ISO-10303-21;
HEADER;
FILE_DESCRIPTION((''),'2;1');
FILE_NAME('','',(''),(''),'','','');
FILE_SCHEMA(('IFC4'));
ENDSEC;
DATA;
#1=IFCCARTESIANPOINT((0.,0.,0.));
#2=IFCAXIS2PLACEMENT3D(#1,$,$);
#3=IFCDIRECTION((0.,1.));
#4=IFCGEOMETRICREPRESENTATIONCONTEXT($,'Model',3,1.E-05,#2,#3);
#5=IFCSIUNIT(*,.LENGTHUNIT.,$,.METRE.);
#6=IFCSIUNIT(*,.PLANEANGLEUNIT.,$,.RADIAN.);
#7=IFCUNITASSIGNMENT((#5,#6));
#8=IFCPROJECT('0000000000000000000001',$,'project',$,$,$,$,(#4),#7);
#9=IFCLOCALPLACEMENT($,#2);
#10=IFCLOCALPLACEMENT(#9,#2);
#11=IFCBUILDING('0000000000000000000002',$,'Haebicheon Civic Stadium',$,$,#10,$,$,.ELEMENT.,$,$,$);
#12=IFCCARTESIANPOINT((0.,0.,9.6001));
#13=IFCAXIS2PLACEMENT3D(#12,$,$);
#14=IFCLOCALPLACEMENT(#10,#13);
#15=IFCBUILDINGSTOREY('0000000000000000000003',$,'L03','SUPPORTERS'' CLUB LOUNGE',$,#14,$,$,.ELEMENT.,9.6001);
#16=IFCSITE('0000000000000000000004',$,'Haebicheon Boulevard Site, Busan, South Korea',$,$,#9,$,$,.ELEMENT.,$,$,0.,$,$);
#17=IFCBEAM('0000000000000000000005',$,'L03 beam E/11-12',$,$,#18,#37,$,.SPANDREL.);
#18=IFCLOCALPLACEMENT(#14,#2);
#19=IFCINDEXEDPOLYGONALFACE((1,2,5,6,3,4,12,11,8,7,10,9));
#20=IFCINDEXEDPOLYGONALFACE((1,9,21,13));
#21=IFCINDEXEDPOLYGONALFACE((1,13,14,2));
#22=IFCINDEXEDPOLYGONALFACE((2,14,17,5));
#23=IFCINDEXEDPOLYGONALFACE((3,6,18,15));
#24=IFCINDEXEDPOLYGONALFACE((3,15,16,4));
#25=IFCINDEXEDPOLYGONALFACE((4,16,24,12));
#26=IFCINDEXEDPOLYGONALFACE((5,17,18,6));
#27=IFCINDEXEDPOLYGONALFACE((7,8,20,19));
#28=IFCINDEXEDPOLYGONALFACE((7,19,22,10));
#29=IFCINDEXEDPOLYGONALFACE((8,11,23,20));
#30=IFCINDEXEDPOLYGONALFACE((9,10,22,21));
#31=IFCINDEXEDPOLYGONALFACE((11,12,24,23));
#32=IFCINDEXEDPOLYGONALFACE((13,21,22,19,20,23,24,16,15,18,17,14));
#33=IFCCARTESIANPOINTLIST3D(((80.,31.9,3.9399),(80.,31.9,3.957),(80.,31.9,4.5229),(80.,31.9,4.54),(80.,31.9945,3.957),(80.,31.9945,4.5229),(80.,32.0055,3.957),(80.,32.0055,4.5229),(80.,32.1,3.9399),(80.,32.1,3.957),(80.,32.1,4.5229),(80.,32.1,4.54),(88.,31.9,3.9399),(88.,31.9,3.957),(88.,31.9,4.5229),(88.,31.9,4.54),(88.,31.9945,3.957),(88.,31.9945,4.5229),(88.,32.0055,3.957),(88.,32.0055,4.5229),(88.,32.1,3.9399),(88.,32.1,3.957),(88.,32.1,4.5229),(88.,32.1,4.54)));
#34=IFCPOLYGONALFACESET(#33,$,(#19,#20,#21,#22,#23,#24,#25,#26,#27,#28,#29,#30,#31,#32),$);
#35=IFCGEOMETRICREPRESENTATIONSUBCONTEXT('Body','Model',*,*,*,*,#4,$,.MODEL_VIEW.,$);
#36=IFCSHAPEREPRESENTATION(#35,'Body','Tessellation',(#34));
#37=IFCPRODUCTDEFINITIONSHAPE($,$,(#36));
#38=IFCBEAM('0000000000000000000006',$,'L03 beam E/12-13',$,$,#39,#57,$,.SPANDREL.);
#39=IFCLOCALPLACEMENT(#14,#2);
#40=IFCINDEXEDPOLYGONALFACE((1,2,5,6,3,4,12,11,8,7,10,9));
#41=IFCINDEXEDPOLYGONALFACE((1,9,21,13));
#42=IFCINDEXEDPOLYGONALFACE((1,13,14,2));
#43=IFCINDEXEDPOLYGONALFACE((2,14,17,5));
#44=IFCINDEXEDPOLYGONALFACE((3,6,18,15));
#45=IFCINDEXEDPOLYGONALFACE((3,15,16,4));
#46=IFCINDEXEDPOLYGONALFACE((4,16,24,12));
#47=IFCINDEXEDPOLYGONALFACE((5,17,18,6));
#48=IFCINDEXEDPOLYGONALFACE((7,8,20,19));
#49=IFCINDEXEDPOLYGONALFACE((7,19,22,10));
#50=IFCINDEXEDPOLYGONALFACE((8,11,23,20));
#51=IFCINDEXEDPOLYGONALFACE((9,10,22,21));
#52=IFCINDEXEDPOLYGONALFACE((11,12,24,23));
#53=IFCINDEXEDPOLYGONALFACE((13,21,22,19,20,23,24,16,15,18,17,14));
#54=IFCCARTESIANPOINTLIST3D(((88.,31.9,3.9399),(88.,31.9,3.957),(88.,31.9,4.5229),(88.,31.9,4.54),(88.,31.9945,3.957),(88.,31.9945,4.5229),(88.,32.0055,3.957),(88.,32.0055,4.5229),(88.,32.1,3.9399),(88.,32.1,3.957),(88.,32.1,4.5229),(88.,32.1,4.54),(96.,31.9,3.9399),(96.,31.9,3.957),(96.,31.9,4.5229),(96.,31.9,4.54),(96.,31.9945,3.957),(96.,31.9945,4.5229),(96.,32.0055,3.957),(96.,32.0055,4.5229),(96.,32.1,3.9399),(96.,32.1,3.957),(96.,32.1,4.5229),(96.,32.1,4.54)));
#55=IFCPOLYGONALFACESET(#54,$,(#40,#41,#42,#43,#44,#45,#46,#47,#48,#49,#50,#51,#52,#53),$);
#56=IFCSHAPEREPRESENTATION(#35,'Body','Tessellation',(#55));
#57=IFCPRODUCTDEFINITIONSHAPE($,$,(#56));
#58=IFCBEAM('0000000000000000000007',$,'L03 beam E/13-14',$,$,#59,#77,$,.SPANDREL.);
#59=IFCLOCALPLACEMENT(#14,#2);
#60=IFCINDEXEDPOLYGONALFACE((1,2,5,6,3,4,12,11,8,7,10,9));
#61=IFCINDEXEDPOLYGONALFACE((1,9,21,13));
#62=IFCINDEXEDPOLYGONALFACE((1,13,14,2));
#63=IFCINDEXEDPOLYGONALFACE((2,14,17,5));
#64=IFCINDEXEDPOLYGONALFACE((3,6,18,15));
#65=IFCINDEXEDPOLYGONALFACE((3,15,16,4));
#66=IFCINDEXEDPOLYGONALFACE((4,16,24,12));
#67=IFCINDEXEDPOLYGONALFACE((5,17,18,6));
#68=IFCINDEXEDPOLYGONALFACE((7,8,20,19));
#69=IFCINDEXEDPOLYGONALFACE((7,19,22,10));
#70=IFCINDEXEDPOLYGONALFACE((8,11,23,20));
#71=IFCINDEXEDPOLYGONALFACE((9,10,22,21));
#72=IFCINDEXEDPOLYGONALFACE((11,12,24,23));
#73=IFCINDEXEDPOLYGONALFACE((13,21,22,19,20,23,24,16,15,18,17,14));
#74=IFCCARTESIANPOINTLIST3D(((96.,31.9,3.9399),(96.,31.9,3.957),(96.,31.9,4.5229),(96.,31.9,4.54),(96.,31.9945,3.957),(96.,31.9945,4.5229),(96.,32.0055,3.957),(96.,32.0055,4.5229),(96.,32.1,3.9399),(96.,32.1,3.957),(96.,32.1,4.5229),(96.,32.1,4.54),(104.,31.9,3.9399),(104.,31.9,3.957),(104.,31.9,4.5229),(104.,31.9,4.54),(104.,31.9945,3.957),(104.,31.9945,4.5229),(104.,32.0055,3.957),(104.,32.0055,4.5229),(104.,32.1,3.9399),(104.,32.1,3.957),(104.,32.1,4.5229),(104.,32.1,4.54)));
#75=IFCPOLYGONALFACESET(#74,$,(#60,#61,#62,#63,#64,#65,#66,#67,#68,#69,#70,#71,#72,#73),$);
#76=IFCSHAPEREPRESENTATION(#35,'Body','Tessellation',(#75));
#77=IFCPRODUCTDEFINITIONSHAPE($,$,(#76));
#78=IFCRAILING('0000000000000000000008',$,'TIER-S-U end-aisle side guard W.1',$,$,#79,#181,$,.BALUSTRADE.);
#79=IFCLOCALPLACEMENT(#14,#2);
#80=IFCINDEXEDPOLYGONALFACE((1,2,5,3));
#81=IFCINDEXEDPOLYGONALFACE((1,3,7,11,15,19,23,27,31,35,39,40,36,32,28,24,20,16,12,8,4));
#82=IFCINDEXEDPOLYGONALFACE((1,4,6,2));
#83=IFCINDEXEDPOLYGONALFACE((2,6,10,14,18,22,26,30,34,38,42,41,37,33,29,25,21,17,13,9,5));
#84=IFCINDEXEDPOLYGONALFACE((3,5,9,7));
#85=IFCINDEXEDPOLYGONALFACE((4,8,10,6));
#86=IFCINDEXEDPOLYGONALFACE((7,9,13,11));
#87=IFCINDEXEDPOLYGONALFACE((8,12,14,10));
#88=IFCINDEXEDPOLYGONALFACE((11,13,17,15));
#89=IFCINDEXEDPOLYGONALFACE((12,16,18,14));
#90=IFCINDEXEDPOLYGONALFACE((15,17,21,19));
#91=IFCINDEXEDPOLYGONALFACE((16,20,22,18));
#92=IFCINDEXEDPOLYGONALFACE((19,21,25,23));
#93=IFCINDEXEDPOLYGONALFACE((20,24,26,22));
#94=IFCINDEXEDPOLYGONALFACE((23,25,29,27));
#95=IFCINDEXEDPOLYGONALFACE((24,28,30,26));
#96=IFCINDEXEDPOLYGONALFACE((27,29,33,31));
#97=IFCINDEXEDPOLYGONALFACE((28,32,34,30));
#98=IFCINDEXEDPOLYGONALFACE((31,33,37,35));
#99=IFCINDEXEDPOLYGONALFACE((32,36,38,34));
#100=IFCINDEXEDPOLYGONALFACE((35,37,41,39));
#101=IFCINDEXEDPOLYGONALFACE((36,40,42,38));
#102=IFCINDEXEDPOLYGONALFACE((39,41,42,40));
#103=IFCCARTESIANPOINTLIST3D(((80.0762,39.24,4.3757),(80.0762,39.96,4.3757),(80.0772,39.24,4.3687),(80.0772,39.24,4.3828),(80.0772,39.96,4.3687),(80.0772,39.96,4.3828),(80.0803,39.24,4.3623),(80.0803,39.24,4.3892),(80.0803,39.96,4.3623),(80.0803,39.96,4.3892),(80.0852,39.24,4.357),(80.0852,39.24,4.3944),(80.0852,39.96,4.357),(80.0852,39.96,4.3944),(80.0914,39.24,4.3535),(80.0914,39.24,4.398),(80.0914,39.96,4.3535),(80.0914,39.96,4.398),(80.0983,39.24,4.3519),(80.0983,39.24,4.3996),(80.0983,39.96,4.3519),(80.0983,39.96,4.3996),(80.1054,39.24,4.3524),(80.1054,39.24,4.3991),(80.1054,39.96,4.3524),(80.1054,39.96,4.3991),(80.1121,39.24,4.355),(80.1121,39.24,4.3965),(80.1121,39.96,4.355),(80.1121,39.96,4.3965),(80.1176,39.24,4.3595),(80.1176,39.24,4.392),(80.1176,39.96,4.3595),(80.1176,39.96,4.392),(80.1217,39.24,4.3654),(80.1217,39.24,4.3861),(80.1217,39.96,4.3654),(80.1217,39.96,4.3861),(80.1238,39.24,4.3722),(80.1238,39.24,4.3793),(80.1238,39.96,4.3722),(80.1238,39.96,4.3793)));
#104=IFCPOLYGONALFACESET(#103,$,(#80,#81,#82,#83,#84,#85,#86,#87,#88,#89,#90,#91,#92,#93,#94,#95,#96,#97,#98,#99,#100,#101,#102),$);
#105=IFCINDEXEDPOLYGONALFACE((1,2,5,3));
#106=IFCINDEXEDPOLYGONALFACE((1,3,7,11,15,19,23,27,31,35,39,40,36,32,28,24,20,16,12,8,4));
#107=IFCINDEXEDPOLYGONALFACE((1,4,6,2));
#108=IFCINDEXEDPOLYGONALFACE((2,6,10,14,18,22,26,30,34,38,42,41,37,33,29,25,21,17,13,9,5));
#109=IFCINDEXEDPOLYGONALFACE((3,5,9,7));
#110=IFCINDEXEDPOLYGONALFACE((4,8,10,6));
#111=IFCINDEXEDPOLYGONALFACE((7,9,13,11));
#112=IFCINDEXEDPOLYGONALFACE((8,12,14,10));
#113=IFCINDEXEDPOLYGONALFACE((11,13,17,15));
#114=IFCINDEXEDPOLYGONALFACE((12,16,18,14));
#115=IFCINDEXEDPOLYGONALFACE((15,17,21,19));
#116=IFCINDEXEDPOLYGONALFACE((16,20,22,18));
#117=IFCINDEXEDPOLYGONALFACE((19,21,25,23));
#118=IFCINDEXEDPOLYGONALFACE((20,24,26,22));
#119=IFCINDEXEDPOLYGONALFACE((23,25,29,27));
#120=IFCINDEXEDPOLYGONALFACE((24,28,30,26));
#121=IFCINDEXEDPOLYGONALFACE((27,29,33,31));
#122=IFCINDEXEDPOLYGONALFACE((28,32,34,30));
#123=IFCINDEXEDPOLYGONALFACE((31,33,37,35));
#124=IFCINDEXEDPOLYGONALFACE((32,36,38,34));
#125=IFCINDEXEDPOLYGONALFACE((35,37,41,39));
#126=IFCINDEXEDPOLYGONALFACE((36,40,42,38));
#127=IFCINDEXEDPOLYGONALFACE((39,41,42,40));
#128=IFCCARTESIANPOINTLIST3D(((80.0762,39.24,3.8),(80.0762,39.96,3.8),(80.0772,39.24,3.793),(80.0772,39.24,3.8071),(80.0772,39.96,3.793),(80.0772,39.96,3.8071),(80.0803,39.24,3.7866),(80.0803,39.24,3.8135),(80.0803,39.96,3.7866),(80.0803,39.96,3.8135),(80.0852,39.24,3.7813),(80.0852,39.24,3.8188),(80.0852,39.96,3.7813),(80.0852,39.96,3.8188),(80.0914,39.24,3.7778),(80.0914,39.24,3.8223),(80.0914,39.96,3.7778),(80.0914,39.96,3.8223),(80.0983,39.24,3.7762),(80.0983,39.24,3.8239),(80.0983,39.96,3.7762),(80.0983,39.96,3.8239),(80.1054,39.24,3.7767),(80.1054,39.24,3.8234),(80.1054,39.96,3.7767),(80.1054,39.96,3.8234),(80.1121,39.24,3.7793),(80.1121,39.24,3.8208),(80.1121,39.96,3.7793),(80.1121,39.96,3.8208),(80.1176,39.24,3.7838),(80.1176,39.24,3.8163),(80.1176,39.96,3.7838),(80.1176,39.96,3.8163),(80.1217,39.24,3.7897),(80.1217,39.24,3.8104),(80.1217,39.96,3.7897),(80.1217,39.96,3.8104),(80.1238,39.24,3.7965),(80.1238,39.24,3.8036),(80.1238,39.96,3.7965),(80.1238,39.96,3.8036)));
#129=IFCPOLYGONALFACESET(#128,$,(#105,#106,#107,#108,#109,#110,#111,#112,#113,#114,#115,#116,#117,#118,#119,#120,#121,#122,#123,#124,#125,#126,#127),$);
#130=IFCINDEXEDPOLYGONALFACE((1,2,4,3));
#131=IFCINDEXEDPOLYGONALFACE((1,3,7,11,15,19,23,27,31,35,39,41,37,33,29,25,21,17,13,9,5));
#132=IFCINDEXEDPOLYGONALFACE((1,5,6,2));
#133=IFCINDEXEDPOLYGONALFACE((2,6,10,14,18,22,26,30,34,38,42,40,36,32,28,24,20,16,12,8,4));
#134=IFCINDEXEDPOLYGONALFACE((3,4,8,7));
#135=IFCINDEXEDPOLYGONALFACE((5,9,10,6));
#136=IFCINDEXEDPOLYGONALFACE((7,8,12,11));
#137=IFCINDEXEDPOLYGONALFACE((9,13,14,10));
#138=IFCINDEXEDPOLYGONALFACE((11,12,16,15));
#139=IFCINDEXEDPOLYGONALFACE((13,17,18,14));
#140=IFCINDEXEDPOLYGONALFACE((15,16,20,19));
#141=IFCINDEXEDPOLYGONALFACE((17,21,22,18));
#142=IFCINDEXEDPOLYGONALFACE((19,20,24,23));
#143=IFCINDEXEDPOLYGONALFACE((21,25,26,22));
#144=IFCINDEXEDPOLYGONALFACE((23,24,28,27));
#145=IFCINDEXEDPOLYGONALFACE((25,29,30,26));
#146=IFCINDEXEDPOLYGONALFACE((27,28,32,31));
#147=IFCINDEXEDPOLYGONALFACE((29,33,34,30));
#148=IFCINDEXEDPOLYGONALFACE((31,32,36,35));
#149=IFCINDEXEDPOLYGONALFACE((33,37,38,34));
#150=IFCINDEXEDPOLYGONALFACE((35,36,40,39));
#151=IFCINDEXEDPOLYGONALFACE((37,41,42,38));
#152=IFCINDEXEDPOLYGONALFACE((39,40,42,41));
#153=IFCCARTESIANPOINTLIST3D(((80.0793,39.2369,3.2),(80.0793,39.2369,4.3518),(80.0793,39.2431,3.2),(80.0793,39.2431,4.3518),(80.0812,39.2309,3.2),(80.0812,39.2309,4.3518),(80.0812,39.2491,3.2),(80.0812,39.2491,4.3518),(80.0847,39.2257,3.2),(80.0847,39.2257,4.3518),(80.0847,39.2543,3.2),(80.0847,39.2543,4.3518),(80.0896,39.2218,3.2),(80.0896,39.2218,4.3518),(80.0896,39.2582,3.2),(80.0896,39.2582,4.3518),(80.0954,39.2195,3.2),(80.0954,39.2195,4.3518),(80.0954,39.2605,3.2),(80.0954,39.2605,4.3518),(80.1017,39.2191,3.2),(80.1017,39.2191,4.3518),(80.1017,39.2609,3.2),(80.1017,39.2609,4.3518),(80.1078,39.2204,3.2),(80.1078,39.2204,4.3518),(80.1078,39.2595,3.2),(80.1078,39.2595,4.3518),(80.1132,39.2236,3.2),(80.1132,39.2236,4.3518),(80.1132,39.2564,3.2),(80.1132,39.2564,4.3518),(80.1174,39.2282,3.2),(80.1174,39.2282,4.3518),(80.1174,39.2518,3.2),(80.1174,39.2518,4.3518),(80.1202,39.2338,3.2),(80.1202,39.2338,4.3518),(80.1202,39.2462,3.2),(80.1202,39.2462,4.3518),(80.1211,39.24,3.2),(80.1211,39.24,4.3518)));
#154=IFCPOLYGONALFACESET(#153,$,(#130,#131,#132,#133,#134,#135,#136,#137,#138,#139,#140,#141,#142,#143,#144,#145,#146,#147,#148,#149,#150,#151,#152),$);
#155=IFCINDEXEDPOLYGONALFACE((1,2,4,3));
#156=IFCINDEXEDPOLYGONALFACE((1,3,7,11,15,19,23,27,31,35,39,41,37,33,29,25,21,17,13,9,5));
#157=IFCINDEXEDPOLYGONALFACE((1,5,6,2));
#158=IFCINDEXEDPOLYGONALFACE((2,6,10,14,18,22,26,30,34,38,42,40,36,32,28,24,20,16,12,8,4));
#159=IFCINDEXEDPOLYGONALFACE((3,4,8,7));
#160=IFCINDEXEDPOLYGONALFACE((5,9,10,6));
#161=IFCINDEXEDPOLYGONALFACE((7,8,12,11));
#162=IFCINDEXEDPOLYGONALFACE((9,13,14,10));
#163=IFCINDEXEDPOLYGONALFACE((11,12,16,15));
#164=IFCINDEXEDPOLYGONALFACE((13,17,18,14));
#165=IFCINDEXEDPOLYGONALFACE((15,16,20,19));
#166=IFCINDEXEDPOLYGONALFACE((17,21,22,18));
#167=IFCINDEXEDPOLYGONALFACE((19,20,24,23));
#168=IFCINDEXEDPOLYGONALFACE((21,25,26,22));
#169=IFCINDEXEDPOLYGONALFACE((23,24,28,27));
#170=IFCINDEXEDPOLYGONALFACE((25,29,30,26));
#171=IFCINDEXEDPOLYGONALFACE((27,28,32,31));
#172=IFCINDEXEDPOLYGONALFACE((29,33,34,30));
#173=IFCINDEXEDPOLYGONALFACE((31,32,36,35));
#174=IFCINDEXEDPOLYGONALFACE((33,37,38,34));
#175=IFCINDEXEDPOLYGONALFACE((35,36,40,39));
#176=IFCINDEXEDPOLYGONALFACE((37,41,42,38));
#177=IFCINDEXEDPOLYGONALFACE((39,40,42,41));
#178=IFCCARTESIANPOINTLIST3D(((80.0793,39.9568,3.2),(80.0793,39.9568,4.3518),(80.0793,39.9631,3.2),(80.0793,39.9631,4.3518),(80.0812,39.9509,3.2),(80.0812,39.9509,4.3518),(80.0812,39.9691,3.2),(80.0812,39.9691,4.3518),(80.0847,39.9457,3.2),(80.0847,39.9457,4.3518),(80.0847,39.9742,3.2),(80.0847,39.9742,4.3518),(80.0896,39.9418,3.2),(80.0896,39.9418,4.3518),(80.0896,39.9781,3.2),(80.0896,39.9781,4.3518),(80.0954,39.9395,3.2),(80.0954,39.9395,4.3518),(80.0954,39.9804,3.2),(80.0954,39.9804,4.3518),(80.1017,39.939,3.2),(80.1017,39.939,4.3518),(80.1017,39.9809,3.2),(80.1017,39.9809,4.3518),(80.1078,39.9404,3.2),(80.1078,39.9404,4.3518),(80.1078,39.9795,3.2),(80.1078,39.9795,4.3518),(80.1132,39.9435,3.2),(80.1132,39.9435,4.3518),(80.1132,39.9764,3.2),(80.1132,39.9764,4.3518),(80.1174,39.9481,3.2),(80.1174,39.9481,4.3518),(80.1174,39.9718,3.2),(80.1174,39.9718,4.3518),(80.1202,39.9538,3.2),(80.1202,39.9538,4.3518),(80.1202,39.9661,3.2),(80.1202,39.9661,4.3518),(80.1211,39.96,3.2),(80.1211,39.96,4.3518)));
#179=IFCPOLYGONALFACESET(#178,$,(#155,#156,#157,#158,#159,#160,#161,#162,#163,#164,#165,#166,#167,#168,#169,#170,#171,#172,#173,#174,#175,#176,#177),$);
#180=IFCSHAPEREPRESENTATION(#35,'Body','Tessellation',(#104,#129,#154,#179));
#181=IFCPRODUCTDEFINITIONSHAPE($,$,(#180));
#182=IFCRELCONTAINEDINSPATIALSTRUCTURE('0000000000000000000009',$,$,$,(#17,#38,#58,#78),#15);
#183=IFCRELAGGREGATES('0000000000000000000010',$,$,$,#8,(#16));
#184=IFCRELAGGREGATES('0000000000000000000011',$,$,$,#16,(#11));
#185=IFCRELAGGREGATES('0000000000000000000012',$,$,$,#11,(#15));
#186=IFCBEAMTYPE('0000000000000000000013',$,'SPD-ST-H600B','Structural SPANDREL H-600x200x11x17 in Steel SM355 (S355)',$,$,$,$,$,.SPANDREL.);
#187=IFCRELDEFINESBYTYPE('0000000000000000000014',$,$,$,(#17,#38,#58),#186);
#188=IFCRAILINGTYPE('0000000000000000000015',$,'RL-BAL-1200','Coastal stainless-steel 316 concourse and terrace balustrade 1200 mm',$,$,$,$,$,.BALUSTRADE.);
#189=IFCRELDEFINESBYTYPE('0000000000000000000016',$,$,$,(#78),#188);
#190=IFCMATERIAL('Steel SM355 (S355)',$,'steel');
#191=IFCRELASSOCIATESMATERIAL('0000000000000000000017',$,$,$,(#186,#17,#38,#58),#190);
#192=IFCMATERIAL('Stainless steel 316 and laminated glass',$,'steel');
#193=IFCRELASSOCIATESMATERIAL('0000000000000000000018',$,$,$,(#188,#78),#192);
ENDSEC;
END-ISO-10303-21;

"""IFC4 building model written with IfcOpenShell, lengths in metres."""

from ifc_helpers import new_model, si_unit, direction, frame, origin, origin_2d, place, context, subcontext, project, spatial, circle, i_section, extrude, material, material_profile, profile_set, type_object, element, save


model = new_model("IFC4")

# Units and contexts
model_context = context("Model", 3, precision=1e-05, world=origin(), true_north=direction((0.0, 1.0)))
body_context = subcontext(model_context, "Body", "Model", "MODEL_VIEW")
ifc_project = project(units=[si_unit("LENGTHUNIT", "METRE"), si_unit("PLANEANGLEUNIT", "RADIAN")], contexts=[model_context])

# Site, building, storey
site_placement = place(None, origin())
site = spatial("IfcSite", under=ifc_project, at=site_placement, Name="Haebicheon Boulevard Site, Busan, South Korea", CompositionType="ELEMENT", RefElevation=0.0)
building_placement = place(site_placement, origin())
building = spatial("IfcBuilding", under=site, at=building_placement, Name="Haebicheon Civic Stadium", CompositionType="ELEMENT")
storey_placement = place(building_placement, frame((0.0, 0.0, 9.6001)))
storey = spatial("IfcBuildingStorey", under=building, at=storey_placement, Name="L03", Description="SUPPORTERS' CLUB LOUNGE", CompositionType="ELEMENT", Elevation=9.6001)

# Beams
ifc_material_1 = material(Name="Steel SM355 (S355)", Category="steel")
ifc_material_profile_1 = material_profile(ifc_material_1, i_section(OverallWidth=0.2, OverallDepth=0.6001, WebThickness=0.011, FlangeThickness=0.0171, at=origin_2d()), Name="H-600x200x11x17")
ifc_profile_set_1 = profile_set([ifc_material_profile_1], Name="Steel SM355 (S355)")
beam_type_1 = type_object("IfcBeamType", Name="SPD-ST-H600B", Description="Structural SPANDREL H-600x200x11x17 in Steel SM355 (S355)", PredefinedType="SPANDREL", material=ifc_profile_set_1)
for number, where, z_axis, x_axis, name in (
    (1, (80.0, 32.0, 4.24), (1.0, 0.0, 0.0), (0.0, 1.0, 0.0), "L03 beam E/11-12"),
    (2, (88.0, 32.0, 4.24), (1.0, 0.0, 0.0), (0.0, 1.0, 0.0), "L03 beam E/12-13"),
    (3, (96.0, 32.0, 4.24), (1.0, 0.0, 0.0), (0.0, 1.0, 0.0), "L03 beam E/13-14"),
):
    element("IfcBeam", number, at=place(storey_placement, frame(where, z_axis=z_axis, x_axis=x_axis)), inside=storey, type_object=beam_type_1, material=ifc_profile_set_1, Name=name, PredefinedType="SPANDREL", context=body_context, shape_type="SweptSolid", body=[
        extrude(i_section(OverallWidth=0.2, OverallDepth=0.6001, WebThickness=0.011, FlangeThickness=0.0171, at=origin_2d()), origin(), (0.0, 0.0, 1.0), 8.0),
    ])

# Railing
ifc_material_2 = material(Name="Stainless steel 316 and laminated glass", Category="steel")
railing_type = type_object("IfcRailingType", Name="RL-BAL-1200", Description="Coastal stainless-steel 316 concourse and terrace balustrade 1200 mm", PredefinedType="BALUSTRADE", material=ifc_material_2)
for number, where, name in (
    (4, (80.1001, 39.24, 3.2), "TIER-S-U end-aisle side guard W.1"),
):
    element("IfcRailing", number, at=place(storey_placement, frame(where)), inside=storey, type_object=railing_type, material=ifc_material_2, Name=name, PredefinedType="BALUSTRADE", context=body_context, shape_type="SweptSolid", body=[
        extrude(circle(Radius=0.0239, at=origin_2d()), frame((0.0, 0.0, 1.1758), z_axis=(0.0, 1.0, 0.0), x_axis=(-1.0, 0.0, 0.0)), (0.0, 0.0, 1.0), 0.72),
        extrude(circle(Radius=0.0239, at=origin_2d()), frame((0.0, 0.0, 0.6001), z_axis=(0.0, 1.0, 0.0), x_axis=(-1.0, 0.0, 0.0)), (0.0, 0.0, 1.0), 0.72),
        extrude(circle(Radius=0.021, at=origin_2d()), origin(), (0.0, 0.0, 1.0), 1.1519),
        extrude(circle(Radius=0.021, at=origin_2d()), frame((0.0, 0.72, 0.0)), (0.0, 0.0, 1.0), 1.1519),
    ])

save(model, "model.ifc")
